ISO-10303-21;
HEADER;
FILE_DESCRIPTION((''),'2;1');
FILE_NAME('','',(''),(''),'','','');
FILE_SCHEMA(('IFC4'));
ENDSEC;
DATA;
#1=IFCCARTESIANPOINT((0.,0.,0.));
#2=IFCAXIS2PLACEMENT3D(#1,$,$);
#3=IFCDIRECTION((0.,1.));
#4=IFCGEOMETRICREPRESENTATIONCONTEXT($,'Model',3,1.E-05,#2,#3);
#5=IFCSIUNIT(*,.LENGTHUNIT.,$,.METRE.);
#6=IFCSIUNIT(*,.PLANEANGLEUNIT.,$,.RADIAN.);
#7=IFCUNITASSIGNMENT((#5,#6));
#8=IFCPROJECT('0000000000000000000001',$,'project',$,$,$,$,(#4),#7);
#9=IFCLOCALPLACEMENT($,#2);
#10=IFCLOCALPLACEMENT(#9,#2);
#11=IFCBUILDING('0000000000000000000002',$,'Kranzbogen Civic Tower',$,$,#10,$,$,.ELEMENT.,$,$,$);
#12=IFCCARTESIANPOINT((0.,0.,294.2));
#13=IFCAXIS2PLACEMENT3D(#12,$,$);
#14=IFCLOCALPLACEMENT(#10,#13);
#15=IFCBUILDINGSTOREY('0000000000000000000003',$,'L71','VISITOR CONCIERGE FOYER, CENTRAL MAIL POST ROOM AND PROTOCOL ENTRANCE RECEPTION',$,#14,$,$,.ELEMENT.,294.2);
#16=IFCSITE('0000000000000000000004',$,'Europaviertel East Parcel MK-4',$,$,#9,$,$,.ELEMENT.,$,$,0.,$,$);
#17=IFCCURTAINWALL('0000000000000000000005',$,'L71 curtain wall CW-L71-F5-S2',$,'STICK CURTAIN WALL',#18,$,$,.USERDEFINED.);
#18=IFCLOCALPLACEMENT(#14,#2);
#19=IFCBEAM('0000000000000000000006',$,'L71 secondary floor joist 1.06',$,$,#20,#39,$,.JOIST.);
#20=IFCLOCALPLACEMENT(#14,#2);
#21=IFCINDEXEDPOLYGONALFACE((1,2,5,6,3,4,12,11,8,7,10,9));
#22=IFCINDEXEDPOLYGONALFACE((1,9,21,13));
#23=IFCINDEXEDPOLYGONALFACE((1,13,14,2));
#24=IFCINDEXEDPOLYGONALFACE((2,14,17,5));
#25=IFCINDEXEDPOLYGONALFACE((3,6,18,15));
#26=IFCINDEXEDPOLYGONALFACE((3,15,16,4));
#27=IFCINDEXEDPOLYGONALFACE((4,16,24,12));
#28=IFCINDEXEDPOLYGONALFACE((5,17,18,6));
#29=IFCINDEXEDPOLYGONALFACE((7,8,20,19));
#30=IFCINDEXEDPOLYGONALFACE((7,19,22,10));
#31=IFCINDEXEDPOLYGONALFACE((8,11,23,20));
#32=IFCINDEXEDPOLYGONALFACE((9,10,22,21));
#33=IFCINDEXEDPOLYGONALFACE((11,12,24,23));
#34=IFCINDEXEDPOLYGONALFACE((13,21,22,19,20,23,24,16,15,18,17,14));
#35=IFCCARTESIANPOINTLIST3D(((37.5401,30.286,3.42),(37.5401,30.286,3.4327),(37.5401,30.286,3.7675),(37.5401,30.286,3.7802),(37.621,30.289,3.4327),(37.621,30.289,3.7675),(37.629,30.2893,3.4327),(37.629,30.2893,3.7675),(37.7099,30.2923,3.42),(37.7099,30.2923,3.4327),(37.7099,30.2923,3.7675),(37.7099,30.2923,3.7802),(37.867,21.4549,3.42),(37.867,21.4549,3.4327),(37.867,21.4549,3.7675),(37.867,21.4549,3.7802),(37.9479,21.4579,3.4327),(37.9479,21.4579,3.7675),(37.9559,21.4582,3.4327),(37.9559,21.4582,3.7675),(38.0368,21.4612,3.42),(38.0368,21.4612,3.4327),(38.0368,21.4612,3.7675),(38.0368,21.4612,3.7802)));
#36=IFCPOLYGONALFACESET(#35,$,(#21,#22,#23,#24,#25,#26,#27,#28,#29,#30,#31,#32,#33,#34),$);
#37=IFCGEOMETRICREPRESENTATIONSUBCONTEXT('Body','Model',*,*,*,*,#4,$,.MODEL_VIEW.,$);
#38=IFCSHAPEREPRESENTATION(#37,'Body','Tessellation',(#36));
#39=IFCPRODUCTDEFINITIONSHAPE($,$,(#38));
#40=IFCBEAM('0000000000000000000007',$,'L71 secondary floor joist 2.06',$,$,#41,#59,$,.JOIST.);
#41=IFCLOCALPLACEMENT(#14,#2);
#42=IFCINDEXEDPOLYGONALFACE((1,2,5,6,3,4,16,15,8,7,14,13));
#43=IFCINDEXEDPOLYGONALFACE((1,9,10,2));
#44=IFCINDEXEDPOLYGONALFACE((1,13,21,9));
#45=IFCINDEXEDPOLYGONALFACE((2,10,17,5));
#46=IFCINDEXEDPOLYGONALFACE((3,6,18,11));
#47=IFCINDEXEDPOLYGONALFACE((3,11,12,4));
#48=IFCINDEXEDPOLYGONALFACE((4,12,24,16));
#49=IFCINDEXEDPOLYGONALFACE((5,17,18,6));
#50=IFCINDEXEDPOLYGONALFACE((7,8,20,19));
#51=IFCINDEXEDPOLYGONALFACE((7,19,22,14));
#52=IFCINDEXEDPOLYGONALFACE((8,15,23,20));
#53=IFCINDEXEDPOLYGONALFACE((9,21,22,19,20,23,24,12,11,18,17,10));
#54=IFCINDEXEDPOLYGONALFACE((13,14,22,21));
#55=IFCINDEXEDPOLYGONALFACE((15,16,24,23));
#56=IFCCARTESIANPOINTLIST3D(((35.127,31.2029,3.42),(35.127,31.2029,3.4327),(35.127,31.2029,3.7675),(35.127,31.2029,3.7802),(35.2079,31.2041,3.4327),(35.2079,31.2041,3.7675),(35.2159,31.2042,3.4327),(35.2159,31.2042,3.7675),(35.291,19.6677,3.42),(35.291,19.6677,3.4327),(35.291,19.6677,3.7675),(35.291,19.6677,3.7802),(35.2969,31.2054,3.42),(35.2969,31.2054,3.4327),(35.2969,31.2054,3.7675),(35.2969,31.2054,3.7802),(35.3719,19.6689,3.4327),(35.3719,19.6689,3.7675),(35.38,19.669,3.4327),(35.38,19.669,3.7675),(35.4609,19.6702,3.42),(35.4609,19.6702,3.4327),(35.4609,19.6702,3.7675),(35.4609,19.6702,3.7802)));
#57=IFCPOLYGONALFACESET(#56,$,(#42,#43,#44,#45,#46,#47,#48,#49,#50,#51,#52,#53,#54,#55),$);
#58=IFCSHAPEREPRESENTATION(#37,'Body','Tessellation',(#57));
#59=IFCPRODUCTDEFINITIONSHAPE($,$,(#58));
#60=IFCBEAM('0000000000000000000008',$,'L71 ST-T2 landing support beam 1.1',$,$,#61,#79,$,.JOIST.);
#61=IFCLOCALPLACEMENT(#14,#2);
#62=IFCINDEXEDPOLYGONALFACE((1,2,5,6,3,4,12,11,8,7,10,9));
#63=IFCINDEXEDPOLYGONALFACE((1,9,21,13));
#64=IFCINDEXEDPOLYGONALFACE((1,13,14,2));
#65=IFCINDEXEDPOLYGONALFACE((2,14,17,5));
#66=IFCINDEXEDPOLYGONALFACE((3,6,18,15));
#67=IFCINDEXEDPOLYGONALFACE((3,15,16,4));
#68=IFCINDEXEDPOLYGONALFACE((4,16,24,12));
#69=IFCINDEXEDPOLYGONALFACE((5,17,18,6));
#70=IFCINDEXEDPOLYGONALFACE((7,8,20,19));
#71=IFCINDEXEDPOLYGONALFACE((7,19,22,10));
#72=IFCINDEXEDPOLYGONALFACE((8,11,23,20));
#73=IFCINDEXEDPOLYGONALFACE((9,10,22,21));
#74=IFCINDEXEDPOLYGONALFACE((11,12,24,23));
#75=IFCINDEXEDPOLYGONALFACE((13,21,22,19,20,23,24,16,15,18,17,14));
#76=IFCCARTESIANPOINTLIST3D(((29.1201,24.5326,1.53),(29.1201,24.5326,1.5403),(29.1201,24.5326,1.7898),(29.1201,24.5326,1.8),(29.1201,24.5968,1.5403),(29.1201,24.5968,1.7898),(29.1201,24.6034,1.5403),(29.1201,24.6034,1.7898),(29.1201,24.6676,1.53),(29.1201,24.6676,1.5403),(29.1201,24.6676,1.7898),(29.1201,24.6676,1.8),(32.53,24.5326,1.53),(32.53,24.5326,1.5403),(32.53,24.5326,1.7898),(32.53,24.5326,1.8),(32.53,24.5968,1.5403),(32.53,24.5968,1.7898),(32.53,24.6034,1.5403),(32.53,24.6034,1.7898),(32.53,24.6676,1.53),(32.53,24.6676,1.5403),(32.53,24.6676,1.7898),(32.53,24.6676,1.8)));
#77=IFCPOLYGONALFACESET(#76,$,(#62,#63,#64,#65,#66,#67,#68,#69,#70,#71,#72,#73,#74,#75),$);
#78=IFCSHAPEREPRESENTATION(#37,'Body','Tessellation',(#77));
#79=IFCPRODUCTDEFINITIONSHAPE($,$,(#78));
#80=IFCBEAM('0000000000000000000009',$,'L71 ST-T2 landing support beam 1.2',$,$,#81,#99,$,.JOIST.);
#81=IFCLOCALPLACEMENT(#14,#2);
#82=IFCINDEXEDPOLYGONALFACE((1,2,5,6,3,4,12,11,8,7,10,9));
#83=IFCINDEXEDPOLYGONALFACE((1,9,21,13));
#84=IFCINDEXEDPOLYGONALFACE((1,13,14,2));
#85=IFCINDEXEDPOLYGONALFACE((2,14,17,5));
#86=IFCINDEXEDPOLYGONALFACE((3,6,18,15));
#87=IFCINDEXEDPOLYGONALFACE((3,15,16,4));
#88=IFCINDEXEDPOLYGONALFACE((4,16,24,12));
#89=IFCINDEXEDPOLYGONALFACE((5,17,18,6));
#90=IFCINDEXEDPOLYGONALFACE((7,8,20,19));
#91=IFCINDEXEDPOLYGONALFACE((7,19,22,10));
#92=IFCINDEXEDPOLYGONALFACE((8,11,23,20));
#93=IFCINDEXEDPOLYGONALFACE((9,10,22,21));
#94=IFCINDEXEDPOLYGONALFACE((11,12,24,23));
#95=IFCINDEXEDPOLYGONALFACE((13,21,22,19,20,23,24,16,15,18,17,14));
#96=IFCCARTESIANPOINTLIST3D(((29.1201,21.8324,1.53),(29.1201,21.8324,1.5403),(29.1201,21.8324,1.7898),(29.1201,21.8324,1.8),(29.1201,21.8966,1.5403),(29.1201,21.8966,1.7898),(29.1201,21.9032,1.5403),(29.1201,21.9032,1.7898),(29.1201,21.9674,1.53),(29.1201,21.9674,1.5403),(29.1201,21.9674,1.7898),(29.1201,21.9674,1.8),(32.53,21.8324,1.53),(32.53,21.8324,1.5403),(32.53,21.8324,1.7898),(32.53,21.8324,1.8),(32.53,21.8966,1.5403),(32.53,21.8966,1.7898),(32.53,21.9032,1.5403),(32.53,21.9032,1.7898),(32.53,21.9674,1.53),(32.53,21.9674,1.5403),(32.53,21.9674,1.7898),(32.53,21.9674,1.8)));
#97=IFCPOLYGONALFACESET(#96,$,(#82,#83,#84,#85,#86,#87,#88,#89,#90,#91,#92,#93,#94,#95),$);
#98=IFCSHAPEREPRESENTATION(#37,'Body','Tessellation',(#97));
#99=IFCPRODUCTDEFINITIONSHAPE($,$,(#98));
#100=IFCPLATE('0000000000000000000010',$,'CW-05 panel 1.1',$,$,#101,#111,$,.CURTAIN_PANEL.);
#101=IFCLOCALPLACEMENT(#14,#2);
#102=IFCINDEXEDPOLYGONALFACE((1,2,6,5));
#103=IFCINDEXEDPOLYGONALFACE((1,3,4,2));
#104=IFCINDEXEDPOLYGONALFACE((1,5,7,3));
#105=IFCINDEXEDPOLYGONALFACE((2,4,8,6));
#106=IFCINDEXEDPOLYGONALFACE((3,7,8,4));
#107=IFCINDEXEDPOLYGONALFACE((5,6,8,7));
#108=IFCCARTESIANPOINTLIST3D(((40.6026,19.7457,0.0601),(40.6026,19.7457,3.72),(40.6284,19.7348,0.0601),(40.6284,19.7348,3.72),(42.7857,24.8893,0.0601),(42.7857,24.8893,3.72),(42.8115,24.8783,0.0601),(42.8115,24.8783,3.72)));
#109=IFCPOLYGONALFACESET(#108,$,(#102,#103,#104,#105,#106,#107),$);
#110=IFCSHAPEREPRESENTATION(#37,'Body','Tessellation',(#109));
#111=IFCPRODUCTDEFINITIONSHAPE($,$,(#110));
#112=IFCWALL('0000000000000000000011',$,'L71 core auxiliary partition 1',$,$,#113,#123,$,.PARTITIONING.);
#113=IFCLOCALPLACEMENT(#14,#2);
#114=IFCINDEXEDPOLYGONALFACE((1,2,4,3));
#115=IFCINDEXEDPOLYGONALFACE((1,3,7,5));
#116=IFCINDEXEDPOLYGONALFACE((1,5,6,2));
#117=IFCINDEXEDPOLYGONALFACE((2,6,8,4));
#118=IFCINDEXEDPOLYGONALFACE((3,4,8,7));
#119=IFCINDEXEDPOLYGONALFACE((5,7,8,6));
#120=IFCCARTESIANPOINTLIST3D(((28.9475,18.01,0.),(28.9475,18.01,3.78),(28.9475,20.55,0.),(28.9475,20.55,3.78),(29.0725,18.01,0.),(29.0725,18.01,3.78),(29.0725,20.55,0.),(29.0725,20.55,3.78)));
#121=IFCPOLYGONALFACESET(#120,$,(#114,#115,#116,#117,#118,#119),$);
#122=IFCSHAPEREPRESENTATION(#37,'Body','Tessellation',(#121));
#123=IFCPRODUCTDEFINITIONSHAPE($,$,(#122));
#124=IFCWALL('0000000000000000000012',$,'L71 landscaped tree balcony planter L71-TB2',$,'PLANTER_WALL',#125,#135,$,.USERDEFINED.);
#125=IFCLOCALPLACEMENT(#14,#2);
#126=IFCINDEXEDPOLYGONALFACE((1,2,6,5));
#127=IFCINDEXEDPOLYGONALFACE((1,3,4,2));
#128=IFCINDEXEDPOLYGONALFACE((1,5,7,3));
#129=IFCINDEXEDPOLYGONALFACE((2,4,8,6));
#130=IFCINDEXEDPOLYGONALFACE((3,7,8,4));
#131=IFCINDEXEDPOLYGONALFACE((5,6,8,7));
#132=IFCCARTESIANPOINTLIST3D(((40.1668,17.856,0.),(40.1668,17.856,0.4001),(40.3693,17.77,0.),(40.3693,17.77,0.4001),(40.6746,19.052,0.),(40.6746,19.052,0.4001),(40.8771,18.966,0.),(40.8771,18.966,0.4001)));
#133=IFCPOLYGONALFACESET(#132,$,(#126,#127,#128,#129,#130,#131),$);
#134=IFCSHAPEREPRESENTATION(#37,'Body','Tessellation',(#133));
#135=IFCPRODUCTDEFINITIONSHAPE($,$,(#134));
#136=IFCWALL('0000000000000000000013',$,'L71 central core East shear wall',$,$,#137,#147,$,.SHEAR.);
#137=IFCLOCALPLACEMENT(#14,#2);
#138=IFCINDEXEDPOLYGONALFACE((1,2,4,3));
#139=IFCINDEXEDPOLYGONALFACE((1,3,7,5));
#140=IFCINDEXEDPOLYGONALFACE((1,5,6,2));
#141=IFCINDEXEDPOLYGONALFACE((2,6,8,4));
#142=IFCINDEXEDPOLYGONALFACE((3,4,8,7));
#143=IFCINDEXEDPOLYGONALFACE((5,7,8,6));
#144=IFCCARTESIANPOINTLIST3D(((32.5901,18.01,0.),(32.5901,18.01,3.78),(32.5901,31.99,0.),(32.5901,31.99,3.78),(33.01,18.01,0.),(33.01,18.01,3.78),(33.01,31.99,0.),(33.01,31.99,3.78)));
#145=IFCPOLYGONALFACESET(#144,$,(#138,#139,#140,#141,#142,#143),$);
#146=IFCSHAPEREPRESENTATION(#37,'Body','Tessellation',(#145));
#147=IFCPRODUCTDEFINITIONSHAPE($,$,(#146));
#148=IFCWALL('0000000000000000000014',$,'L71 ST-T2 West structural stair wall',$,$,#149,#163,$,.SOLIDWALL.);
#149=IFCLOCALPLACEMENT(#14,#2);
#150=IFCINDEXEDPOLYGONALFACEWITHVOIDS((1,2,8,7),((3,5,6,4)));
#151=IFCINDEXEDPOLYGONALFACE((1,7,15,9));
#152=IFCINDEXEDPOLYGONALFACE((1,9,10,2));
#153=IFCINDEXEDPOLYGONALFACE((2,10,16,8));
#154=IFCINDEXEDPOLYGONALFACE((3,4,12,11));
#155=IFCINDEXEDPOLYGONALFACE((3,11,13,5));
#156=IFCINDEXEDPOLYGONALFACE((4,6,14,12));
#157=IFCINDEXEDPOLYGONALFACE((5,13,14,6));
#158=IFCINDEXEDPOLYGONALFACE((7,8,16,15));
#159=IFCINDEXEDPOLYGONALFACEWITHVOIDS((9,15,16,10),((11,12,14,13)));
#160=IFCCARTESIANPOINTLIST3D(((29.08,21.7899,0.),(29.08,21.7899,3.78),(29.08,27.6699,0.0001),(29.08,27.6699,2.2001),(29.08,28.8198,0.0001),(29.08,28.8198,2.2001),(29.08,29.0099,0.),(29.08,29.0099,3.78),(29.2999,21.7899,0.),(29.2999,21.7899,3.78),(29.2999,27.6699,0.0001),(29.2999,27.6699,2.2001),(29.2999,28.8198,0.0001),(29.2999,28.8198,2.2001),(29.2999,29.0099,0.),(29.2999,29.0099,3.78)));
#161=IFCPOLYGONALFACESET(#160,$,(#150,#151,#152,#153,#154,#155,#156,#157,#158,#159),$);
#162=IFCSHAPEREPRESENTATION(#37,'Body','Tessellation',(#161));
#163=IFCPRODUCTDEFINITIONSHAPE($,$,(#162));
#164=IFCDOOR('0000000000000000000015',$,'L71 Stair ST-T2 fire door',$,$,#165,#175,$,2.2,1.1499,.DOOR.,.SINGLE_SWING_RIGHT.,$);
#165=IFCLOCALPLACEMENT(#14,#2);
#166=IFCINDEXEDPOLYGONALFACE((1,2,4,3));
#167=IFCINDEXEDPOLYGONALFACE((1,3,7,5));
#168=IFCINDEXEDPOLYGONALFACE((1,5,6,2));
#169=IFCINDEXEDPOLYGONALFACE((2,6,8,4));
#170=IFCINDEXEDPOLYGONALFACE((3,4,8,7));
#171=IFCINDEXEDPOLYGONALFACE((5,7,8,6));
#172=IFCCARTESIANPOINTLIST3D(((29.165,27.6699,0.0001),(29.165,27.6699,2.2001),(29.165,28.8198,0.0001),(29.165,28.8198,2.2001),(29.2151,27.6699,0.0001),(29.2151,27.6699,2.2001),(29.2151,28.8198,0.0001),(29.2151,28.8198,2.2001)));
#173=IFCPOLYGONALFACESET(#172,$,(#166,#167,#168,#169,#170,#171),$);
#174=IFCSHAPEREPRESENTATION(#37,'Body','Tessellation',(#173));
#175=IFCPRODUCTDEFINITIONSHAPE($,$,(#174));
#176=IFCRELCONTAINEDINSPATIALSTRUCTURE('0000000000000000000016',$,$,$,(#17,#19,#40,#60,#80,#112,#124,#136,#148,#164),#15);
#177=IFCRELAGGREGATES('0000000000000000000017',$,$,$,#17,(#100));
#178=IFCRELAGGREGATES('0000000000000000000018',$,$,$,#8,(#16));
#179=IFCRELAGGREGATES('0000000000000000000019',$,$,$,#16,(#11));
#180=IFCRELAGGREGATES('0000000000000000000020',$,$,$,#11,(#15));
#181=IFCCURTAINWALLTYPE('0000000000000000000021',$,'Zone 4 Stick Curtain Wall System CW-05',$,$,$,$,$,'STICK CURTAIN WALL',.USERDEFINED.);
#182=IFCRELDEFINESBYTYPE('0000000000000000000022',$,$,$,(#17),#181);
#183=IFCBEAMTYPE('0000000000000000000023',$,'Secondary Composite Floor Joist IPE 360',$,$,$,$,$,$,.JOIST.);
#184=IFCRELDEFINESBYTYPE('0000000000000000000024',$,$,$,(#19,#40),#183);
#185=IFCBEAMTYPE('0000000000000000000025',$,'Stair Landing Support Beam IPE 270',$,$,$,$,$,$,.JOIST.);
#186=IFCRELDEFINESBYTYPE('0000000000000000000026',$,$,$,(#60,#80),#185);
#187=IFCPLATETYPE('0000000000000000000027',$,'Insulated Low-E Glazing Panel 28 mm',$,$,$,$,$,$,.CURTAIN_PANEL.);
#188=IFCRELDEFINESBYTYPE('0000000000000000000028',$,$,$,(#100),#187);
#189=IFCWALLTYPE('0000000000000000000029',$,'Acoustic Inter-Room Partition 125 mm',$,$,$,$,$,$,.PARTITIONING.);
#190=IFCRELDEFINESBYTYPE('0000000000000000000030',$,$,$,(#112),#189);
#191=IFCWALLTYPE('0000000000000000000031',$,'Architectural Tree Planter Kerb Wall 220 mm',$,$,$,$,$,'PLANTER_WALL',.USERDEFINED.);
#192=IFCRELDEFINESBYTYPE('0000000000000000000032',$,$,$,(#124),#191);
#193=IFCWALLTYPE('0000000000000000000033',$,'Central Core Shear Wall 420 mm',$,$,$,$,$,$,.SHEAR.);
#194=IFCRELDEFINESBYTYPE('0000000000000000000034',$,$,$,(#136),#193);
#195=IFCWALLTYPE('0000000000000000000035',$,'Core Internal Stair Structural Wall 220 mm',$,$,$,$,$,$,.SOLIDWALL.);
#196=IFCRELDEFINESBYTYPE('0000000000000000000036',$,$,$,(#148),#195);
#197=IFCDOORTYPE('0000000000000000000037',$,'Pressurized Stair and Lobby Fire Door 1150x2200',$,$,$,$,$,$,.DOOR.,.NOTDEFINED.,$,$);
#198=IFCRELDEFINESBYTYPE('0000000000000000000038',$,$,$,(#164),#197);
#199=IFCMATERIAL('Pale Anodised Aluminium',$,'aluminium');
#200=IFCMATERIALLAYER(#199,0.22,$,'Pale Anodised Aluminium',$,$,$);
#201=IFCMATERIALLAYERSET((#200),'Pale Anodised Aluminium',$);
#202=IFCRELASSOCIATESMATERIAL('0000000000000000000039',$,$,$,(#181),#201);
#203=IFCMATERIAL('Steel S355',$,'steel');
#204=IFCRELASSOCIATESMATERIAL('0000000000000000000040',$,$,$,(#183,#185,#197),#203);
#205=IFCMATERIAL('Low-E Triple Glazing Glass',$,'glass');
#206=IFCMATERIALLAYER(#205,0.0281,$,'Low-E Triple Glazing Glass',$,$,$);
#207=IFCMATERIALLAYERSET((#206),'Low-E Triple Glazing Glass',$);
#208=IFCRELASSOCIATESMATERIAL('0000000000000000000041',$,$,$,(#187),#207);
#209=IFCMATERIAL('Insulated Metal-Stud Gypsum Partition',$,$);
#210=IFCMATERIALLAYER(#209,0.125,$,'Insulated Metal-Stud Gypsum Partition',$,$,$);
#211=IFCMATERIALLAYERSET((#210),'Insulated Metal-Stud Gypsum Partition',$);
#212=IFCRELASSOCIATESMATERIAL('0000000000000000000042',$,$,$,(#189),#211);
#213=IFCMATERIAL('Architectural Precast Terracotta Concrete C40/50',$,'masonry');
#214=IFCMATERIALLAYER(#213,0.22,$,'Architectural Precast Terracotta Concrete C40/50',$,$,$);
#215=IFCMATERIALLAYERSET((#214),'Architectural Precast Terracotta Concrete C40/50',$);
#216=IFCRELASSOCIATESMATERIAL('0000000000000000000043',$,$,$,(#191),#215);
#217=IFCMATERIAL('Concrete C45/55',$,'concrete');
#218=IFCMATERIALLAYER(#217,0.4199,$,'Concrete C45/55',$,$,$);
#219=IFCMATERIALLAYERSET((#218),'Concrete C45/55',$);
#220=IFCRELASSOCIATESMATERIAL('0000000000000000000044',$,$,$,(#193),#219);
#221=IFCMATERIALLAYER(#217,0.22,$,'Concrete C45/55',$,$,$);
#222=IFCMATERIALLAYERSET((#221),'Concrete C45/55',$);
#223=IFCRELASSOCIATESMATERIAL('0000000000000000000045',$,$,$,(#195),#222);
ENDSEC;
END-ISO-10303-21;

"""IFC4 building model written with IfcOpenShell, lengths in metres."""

from ifc_helpers import new_model, si_unit, direction, frame, frame_2d, origin, origin_2d, place, context, subcontext, project, spatial, rectangle, i_section, extrude, material, layer, layer_set, material_profile, profile_set, type_object, element, fill, aggregate, save


model = new_model("IFC4")

# Units and contexts
model_context = context("Model", 3, precision=1e-05, world=origin(), true_north=direction((0.0, 1.0)))
body_context = subcontext(model_context, "Body", "Model", "MODEL_VIEW")
ifc_project = project(units=[si_unit("LENGTHUNIT", "METRE"), si_unit("PLANEANGLEUNIT", "RADIAN")], contexts=[model_context])

# Site, building, storey
site_placement = place(None, origin())
site = spatial("IfcSite", under=ifc_project, at=site_placement, Name="Europaviertel East Parcel MK-4", CompositionType="ELEMENT", RefElevation=0.0)
building_placement = place(site_placement, origin())
building = spatial("IfcBuilding", under=site, at=building_placement, Name="Kranzbogen Civic Tower", CompositionType="ELEMENT")
storey_placement = place(building_placement, frame((0.0, 0.0, 294.2)))
storey = spatial("IfcBuildingStorey", under=building, at=storey_placement, Name="L71", Description="VISITOR CONCIERGE FOYER, CENTRAL MAIL POST ROOM AND PROTOCOL ENTRANCE RECEPTION", CompositionType="ELEMENT", Elevation=294.2)

# Shared definitions
ifc_material_1 = material(Name="Steel S355", Category="steel")

# Curtain wall
ifc_material_2 = material(Name="Pale Anodised Aluminium", Category="aluminium")
ifc_layer_1 = layer(ifc_material_2, 0.22, Name="Pale Anodised Aluminium")
ifc_layer_set_1 = layer_set([ifc_layer_1], Name="Pale Anodised Aluminium")
curtain_wall_type = type_object("IfcCurtainWallType", Name="Zone 4 Stick Curtain Wall System CW-05", ElementType="STICK CURTAIN WALL", PredefinedType="USERDEFINED", material=ifc_layer_set_1)
curtain_wall_placement = place(storey_placement, origin())
curtain_wall = element("IfcCurtainWall", 1, at=curtain_wall_placement, inside=storey, type_object=curtain_wall_type, Name="L71 curtain wall CW-L71-F5-S2", ObjectType="STICK CURTAIN WALL", PredefinedType="USERDEFINED")

# Beams
ifc_material_profile_1 = material_profile(ifc_material_1, i_section(OverallWidth=0.1699, OverallDepth=0.3601, WebThickness=0.0081, FlangeThickness=0.0127, at=origin_2d()), Name="IPE 360")
ifc_profile_set_1 = profile_set([ifc_material_profile_1], Name="Steel S355")
beam_type_1 = type_object("IfcBeamType", Name="Secondary Composite Floor Joist IPE 360", PredefinedType="JOIST", material=ifc_profile_set_1)
beam_1_placement = place(storey_placement, frame((37.9519, 21.458, 3.6001), z_axis=(-0.036992, 0.999316, 0.0), x_axis=(-0.999316, -0.036992, 0.0)))
element("IfcBeam", 2, at=beam_1_placement, inside=storey, type_object=beam_type_1, Name="L71 secondary floor joist 1.06", PredefinedType="JOIST", context=body_context, shape_type="SweptSolid", body=[
    extrude(i_section(OverallWidth=0.1699, OverallDepth=0.3601, WebThickness=0.0081, FlangeThickness=0.0127, at=origin_2d()), origin(), (0.0, 0.0, 1.0), 8.8372),
])
beam_2_placement = place(storey_placement, frame((35.376, 19.6689, 3.6001), z_axis=(-0.014221, 0.999899, 0.0), x_axis=(-0.999899, -0.014221, 0.0)))
element("IfcBeam", 3, at=beam_2_placement, inside=storey, type_object=beam_type_1, Name="L71 secondary floor joist 2.06", PredefinedType="JOIST", context=body_context, shape_type="SweptSolid", body=[
    extrude(i_section(OverallWidth=0.1699, OverallDepth=0.3601, WebThickness=0.0081, FlangeThickness=0.0127, at=origin_2d()), origin(), (0.0, 0.0, 1.0), 11.5364),
])
ifc_material_profile_2 = material_profile(ifc_material_1, i_section(OverallWidth=0.135, OverallDepth=0.27, WebThickness=0.0066, FlangeThickness=0.0103, at=origin_2d()), Name="IPE 270")
ifc_profile_set_2 = profile_set([ifc_material_profile_2], Name="Steel S355")
beam_type_2 = type_object("IfcBeamType", Name="Stair Landing Support Beam IPE 270", PredefinedType="JOIST", material=ifc_profile_set_2)
for number, where, z_axis, x_axis, name in (
    (4, (29.1201, 24.6001, 1.665), (1.0, 0.0, 0.0), (0.0, 1.0, 0.0), "L71 ST-T2 landing support beam 1.1"),
    (5, (29.1201, 21.8999, 1.665), (1.0, 0.0, 0.0), (0.0, 1.0, 0.0), "L71 ST-T2 landing support beam 1.2"),
):
    element("IfcBeam", number, at=place(storey_placement, frame(where, z_axis=z_axis, x_axis=x_axis)), inside=storey, type_object=beam_type_2, Name=name, PredefinedType="JOIST", context=body_context, shape_type="SweptSolid", body=[
        extrude(i_section(OverallWidth=0.135, OverallDepth=0.27, WebThickness=0.0066, FlangeThickness=0.0103, at=origin_2d()), origin(), (0.0, 0.0, 1.0), 3.4099),
    ])

# Plate
ifc_material_3 = material(Name="Low-E Triple Glazing Glass", Category="glass")
ifc_layer_2 = layer(ifc_material_3, 0.0281, Name="Low-E Triple Glazing Glass")
ifc_layer_set_2 = layer_set([ifc_layer_2], Name="Low-E Triple Glazing Glass")
plate_type = type_object("IfcPlateType", Name="Insulated Low-E Glazing Panel 28 mm", PredefinedType="CURTAIN_PANEL", material=ifc_layer_set_2)
plate_placement = place(storey_placement, frame((41.707, 22.312, 0.0601), z_axis=(0.0, 0.0, 1.0), x_axis=(0.390703, 0.920517, 0.0)))
plate = element("IfcPlate", 6, at=plate_placement, type_object=plate_type, Name="CW-05 panel 1.1", PredefinedType="CURTAIN_PANEL", context=body_context, shape_type="SweptSolid", body=[
    extrude(rectangle(XDim=5.5876, YDim=0.0281, at=origin_2d()), origin(), (0.0, 0.0, 1.0), 3.6599),
])
aggregate(curtain_wall, [plate])

# Walls
ifc_material_4 = material(Name="Insulated Metal-Stud Gypsum Partition")
ifc_layer_3 = layer(ifc_material_4, 0.125, Name="Insulated Metal-Stud Gypsum Partition")
ifc_layer_set_3 = layer_set([ifc_layer_3], Name="Insulated Metal-Stud Gypsum Partition")
wall_type_1 = type_object("IfcWallType", Name="Acoustic Inter-Room Partition 125 mm", PredefinedType="PARTITIONING", material=ifc_layer_set_3)
wall_1_placement = place(storey_placement, frame((29.01, 18.01, 0.0), z_axis=(0.0, 0.0, 1.0), x_axis=(0.0, 1.0, 0.0)))
element("IfcWall", 7, at=wall_1_placement, inside=storey, type_object=wall_type_1, Name="L71 core auxiliary partition 1", PredefinedType="PARTITIONING", context=body_context, shape_type="SweptSolid", body=[
    extrude(rectangle(XDim=2.54, YDim=0.125, at=frame_2d((1.27, 0.0))), origin(), (0.0, 0.0, 1.0), 3.78),
])
ifc_material_5 = material(Name="Architectural Precast Terracotta Concrete C40/50", Category="masonry")
ifc_layer_4 = layer(ifc_material_5, 0.22, Name="Architectural Precast Terracotta Concrete C40/50")
ifc_layer_set_4 = layer_set([ifc_layer_4], Name="Architectural Precast Terracotta Concrete C40/50")
wall_type_2 = type_object("IfcWallType", Name="Architectural Tree Planter Kerb Wall 220 mm", ElementType="PLANTER_WALL", PredefinedType="USERDEFINED", material=ifc_layer_set_4)
wall_2_placement = place(storey_placement, frame((40.2681, 17.813, 0.0), z_axis=(0.0, 0.0, 1.0), x_axis=(0.39081, 0.920471, 0.0)))
element("IfcWall", 8, at=wall_2_placement, inside=storey, type_object=wall_type_2, Name="L71 landscaped tree balcony planter L71-TB2", ObjectType="PLANTER_WALL", PredefinedType="USERDEFINED", context=body_context, shape_type="SweptSolid", body=[
    extrude(rectangle(XDim=1.2993, YDim=0.22, at=frame_2d((0.6497, 0.0))), origin(), (0.0, 0.0, 1.0), 0.4001),
])
ifc_material_6 = material(Name="Concrete C45/55", Category="concrete")
ifc_layer_5 = layer(ifc_material_6, 0.4199, Name="Concrete C45/55")
ifc_layer_set_5 = layer_set([ifc_layer_5], Name="Concrete C45/55")
wall_type_3 = type_object("IfcWallType", Name="Central Core Shear Wall 420 mm", PredefinedType="SHEAR", material=ifc_layer_set_5)
wall_3_placement = place(storey_placement, frame((32.8, 18.01, 0.0), z_axis=(0.0, 0.0, 1.0), x_axis=(0.0, 1.0, 0.0)))
element("IfcWall", 9, at=wall_3_placement, inside=storey, type_object=wall_type_3, Name="L71 central core East shear wall", PredefinedType="SHEAR", context=body_context, shape_type="SweptSolid", body=[
    extrude(rectangle(XDim=13.98, YDim=0.4199, at=frame_2d((6.99, 0.0))), origin(), (0.0, 0.0, 1.0), 3.78),
])

# Wall, opening, door
ifc_layer_6 = layer(ifc_material_6, 0.22, Name="Concrete C45/55")
ifc_layer_set_6 = layer_set([ifc_layer_6], Name="Concrete C45/55")
wall_type_4 = type_object("IfcWallType", Name="Core Internal Stair Structural Wall 220 mm", PredefinedType="SOLIDWALL", material=ifc_layer_set_6)
wall_4_placement = place(storey_placement, frame((29.1899, 21.79, 0.0), z_axis=(0.0, 0.0, 1.0), x_axis=(0.0, 1.0, 0.0)))
wall_4 = element("IfcWall", 10, at=wall_4_placement, inside=storey, type_object=wall_type_4, Name="L71 ST-T2 West structural stair wall", PredefinedType="SOLIDWALL", context=body_context, shape_type="SweptSolid", body=[
    extrude(rectangle(XDim=7.22, YDim=0.22, at=frame_2d((3.6099, 0.0))), origin(), (0.0, 0.0, 1.0), 3.78),
])
opening_1_placement = place(wall_4_placement, frame((5.8799, 0.0, 0.0)))
opening_1 = element("IfcOpeningElement", 11, at=opening_1_placement, cuts=wall_4, PredefinedType="OPENING", context=body_context, shape_type="SweptSolid", body=[
    extrude(rectangle(XDim=1.1499, YDim=2.2, at=frame_2d((0.575, 1.1001))), frame((0.0, 0.1201, 0.0), z_axis=(0.0, -1.0, 0.0), x_axis=(1.0, 0.0, 0.0)), (0.0, 0.0, 1.0), 0.24),
])
door_type_1 = type_object("IfcDoorType", Name="Pressurized Stair and Lobby Fire Door 1150x2200", OperationType="NOTDEFINED", PredefinedType="DOOR", material=ifc_material_1)
door_1_placement = place(opening_1_placement, origin())
door_1 = element("IfcDoor", 12, at=door_1_placement, inside=storey, type_object=door_type_1, Name="L71 Stair ST-T2 fire door", OperationType="SINGLE_SWING_RIGHT", OverallHeight=2.2, OverallWidth=1.1499, PredefinedType="DOOR", context=body_context, shape_type="SweptSolid", body=[
    extrude(rectangle(XDim=1.1499, YDim=2.2, at=frame_2d((0.575, 1.1001))), frame((0.0, 0.0249, 0.0), z_axis=(0.0, -1.0, 0.0), x_axis=(1.0, 0.0, 0.0)), (0.0, 0.0, 1.0), 0.05),
])
fill(opening_1, door_1)

save(model, "model.ifc")
